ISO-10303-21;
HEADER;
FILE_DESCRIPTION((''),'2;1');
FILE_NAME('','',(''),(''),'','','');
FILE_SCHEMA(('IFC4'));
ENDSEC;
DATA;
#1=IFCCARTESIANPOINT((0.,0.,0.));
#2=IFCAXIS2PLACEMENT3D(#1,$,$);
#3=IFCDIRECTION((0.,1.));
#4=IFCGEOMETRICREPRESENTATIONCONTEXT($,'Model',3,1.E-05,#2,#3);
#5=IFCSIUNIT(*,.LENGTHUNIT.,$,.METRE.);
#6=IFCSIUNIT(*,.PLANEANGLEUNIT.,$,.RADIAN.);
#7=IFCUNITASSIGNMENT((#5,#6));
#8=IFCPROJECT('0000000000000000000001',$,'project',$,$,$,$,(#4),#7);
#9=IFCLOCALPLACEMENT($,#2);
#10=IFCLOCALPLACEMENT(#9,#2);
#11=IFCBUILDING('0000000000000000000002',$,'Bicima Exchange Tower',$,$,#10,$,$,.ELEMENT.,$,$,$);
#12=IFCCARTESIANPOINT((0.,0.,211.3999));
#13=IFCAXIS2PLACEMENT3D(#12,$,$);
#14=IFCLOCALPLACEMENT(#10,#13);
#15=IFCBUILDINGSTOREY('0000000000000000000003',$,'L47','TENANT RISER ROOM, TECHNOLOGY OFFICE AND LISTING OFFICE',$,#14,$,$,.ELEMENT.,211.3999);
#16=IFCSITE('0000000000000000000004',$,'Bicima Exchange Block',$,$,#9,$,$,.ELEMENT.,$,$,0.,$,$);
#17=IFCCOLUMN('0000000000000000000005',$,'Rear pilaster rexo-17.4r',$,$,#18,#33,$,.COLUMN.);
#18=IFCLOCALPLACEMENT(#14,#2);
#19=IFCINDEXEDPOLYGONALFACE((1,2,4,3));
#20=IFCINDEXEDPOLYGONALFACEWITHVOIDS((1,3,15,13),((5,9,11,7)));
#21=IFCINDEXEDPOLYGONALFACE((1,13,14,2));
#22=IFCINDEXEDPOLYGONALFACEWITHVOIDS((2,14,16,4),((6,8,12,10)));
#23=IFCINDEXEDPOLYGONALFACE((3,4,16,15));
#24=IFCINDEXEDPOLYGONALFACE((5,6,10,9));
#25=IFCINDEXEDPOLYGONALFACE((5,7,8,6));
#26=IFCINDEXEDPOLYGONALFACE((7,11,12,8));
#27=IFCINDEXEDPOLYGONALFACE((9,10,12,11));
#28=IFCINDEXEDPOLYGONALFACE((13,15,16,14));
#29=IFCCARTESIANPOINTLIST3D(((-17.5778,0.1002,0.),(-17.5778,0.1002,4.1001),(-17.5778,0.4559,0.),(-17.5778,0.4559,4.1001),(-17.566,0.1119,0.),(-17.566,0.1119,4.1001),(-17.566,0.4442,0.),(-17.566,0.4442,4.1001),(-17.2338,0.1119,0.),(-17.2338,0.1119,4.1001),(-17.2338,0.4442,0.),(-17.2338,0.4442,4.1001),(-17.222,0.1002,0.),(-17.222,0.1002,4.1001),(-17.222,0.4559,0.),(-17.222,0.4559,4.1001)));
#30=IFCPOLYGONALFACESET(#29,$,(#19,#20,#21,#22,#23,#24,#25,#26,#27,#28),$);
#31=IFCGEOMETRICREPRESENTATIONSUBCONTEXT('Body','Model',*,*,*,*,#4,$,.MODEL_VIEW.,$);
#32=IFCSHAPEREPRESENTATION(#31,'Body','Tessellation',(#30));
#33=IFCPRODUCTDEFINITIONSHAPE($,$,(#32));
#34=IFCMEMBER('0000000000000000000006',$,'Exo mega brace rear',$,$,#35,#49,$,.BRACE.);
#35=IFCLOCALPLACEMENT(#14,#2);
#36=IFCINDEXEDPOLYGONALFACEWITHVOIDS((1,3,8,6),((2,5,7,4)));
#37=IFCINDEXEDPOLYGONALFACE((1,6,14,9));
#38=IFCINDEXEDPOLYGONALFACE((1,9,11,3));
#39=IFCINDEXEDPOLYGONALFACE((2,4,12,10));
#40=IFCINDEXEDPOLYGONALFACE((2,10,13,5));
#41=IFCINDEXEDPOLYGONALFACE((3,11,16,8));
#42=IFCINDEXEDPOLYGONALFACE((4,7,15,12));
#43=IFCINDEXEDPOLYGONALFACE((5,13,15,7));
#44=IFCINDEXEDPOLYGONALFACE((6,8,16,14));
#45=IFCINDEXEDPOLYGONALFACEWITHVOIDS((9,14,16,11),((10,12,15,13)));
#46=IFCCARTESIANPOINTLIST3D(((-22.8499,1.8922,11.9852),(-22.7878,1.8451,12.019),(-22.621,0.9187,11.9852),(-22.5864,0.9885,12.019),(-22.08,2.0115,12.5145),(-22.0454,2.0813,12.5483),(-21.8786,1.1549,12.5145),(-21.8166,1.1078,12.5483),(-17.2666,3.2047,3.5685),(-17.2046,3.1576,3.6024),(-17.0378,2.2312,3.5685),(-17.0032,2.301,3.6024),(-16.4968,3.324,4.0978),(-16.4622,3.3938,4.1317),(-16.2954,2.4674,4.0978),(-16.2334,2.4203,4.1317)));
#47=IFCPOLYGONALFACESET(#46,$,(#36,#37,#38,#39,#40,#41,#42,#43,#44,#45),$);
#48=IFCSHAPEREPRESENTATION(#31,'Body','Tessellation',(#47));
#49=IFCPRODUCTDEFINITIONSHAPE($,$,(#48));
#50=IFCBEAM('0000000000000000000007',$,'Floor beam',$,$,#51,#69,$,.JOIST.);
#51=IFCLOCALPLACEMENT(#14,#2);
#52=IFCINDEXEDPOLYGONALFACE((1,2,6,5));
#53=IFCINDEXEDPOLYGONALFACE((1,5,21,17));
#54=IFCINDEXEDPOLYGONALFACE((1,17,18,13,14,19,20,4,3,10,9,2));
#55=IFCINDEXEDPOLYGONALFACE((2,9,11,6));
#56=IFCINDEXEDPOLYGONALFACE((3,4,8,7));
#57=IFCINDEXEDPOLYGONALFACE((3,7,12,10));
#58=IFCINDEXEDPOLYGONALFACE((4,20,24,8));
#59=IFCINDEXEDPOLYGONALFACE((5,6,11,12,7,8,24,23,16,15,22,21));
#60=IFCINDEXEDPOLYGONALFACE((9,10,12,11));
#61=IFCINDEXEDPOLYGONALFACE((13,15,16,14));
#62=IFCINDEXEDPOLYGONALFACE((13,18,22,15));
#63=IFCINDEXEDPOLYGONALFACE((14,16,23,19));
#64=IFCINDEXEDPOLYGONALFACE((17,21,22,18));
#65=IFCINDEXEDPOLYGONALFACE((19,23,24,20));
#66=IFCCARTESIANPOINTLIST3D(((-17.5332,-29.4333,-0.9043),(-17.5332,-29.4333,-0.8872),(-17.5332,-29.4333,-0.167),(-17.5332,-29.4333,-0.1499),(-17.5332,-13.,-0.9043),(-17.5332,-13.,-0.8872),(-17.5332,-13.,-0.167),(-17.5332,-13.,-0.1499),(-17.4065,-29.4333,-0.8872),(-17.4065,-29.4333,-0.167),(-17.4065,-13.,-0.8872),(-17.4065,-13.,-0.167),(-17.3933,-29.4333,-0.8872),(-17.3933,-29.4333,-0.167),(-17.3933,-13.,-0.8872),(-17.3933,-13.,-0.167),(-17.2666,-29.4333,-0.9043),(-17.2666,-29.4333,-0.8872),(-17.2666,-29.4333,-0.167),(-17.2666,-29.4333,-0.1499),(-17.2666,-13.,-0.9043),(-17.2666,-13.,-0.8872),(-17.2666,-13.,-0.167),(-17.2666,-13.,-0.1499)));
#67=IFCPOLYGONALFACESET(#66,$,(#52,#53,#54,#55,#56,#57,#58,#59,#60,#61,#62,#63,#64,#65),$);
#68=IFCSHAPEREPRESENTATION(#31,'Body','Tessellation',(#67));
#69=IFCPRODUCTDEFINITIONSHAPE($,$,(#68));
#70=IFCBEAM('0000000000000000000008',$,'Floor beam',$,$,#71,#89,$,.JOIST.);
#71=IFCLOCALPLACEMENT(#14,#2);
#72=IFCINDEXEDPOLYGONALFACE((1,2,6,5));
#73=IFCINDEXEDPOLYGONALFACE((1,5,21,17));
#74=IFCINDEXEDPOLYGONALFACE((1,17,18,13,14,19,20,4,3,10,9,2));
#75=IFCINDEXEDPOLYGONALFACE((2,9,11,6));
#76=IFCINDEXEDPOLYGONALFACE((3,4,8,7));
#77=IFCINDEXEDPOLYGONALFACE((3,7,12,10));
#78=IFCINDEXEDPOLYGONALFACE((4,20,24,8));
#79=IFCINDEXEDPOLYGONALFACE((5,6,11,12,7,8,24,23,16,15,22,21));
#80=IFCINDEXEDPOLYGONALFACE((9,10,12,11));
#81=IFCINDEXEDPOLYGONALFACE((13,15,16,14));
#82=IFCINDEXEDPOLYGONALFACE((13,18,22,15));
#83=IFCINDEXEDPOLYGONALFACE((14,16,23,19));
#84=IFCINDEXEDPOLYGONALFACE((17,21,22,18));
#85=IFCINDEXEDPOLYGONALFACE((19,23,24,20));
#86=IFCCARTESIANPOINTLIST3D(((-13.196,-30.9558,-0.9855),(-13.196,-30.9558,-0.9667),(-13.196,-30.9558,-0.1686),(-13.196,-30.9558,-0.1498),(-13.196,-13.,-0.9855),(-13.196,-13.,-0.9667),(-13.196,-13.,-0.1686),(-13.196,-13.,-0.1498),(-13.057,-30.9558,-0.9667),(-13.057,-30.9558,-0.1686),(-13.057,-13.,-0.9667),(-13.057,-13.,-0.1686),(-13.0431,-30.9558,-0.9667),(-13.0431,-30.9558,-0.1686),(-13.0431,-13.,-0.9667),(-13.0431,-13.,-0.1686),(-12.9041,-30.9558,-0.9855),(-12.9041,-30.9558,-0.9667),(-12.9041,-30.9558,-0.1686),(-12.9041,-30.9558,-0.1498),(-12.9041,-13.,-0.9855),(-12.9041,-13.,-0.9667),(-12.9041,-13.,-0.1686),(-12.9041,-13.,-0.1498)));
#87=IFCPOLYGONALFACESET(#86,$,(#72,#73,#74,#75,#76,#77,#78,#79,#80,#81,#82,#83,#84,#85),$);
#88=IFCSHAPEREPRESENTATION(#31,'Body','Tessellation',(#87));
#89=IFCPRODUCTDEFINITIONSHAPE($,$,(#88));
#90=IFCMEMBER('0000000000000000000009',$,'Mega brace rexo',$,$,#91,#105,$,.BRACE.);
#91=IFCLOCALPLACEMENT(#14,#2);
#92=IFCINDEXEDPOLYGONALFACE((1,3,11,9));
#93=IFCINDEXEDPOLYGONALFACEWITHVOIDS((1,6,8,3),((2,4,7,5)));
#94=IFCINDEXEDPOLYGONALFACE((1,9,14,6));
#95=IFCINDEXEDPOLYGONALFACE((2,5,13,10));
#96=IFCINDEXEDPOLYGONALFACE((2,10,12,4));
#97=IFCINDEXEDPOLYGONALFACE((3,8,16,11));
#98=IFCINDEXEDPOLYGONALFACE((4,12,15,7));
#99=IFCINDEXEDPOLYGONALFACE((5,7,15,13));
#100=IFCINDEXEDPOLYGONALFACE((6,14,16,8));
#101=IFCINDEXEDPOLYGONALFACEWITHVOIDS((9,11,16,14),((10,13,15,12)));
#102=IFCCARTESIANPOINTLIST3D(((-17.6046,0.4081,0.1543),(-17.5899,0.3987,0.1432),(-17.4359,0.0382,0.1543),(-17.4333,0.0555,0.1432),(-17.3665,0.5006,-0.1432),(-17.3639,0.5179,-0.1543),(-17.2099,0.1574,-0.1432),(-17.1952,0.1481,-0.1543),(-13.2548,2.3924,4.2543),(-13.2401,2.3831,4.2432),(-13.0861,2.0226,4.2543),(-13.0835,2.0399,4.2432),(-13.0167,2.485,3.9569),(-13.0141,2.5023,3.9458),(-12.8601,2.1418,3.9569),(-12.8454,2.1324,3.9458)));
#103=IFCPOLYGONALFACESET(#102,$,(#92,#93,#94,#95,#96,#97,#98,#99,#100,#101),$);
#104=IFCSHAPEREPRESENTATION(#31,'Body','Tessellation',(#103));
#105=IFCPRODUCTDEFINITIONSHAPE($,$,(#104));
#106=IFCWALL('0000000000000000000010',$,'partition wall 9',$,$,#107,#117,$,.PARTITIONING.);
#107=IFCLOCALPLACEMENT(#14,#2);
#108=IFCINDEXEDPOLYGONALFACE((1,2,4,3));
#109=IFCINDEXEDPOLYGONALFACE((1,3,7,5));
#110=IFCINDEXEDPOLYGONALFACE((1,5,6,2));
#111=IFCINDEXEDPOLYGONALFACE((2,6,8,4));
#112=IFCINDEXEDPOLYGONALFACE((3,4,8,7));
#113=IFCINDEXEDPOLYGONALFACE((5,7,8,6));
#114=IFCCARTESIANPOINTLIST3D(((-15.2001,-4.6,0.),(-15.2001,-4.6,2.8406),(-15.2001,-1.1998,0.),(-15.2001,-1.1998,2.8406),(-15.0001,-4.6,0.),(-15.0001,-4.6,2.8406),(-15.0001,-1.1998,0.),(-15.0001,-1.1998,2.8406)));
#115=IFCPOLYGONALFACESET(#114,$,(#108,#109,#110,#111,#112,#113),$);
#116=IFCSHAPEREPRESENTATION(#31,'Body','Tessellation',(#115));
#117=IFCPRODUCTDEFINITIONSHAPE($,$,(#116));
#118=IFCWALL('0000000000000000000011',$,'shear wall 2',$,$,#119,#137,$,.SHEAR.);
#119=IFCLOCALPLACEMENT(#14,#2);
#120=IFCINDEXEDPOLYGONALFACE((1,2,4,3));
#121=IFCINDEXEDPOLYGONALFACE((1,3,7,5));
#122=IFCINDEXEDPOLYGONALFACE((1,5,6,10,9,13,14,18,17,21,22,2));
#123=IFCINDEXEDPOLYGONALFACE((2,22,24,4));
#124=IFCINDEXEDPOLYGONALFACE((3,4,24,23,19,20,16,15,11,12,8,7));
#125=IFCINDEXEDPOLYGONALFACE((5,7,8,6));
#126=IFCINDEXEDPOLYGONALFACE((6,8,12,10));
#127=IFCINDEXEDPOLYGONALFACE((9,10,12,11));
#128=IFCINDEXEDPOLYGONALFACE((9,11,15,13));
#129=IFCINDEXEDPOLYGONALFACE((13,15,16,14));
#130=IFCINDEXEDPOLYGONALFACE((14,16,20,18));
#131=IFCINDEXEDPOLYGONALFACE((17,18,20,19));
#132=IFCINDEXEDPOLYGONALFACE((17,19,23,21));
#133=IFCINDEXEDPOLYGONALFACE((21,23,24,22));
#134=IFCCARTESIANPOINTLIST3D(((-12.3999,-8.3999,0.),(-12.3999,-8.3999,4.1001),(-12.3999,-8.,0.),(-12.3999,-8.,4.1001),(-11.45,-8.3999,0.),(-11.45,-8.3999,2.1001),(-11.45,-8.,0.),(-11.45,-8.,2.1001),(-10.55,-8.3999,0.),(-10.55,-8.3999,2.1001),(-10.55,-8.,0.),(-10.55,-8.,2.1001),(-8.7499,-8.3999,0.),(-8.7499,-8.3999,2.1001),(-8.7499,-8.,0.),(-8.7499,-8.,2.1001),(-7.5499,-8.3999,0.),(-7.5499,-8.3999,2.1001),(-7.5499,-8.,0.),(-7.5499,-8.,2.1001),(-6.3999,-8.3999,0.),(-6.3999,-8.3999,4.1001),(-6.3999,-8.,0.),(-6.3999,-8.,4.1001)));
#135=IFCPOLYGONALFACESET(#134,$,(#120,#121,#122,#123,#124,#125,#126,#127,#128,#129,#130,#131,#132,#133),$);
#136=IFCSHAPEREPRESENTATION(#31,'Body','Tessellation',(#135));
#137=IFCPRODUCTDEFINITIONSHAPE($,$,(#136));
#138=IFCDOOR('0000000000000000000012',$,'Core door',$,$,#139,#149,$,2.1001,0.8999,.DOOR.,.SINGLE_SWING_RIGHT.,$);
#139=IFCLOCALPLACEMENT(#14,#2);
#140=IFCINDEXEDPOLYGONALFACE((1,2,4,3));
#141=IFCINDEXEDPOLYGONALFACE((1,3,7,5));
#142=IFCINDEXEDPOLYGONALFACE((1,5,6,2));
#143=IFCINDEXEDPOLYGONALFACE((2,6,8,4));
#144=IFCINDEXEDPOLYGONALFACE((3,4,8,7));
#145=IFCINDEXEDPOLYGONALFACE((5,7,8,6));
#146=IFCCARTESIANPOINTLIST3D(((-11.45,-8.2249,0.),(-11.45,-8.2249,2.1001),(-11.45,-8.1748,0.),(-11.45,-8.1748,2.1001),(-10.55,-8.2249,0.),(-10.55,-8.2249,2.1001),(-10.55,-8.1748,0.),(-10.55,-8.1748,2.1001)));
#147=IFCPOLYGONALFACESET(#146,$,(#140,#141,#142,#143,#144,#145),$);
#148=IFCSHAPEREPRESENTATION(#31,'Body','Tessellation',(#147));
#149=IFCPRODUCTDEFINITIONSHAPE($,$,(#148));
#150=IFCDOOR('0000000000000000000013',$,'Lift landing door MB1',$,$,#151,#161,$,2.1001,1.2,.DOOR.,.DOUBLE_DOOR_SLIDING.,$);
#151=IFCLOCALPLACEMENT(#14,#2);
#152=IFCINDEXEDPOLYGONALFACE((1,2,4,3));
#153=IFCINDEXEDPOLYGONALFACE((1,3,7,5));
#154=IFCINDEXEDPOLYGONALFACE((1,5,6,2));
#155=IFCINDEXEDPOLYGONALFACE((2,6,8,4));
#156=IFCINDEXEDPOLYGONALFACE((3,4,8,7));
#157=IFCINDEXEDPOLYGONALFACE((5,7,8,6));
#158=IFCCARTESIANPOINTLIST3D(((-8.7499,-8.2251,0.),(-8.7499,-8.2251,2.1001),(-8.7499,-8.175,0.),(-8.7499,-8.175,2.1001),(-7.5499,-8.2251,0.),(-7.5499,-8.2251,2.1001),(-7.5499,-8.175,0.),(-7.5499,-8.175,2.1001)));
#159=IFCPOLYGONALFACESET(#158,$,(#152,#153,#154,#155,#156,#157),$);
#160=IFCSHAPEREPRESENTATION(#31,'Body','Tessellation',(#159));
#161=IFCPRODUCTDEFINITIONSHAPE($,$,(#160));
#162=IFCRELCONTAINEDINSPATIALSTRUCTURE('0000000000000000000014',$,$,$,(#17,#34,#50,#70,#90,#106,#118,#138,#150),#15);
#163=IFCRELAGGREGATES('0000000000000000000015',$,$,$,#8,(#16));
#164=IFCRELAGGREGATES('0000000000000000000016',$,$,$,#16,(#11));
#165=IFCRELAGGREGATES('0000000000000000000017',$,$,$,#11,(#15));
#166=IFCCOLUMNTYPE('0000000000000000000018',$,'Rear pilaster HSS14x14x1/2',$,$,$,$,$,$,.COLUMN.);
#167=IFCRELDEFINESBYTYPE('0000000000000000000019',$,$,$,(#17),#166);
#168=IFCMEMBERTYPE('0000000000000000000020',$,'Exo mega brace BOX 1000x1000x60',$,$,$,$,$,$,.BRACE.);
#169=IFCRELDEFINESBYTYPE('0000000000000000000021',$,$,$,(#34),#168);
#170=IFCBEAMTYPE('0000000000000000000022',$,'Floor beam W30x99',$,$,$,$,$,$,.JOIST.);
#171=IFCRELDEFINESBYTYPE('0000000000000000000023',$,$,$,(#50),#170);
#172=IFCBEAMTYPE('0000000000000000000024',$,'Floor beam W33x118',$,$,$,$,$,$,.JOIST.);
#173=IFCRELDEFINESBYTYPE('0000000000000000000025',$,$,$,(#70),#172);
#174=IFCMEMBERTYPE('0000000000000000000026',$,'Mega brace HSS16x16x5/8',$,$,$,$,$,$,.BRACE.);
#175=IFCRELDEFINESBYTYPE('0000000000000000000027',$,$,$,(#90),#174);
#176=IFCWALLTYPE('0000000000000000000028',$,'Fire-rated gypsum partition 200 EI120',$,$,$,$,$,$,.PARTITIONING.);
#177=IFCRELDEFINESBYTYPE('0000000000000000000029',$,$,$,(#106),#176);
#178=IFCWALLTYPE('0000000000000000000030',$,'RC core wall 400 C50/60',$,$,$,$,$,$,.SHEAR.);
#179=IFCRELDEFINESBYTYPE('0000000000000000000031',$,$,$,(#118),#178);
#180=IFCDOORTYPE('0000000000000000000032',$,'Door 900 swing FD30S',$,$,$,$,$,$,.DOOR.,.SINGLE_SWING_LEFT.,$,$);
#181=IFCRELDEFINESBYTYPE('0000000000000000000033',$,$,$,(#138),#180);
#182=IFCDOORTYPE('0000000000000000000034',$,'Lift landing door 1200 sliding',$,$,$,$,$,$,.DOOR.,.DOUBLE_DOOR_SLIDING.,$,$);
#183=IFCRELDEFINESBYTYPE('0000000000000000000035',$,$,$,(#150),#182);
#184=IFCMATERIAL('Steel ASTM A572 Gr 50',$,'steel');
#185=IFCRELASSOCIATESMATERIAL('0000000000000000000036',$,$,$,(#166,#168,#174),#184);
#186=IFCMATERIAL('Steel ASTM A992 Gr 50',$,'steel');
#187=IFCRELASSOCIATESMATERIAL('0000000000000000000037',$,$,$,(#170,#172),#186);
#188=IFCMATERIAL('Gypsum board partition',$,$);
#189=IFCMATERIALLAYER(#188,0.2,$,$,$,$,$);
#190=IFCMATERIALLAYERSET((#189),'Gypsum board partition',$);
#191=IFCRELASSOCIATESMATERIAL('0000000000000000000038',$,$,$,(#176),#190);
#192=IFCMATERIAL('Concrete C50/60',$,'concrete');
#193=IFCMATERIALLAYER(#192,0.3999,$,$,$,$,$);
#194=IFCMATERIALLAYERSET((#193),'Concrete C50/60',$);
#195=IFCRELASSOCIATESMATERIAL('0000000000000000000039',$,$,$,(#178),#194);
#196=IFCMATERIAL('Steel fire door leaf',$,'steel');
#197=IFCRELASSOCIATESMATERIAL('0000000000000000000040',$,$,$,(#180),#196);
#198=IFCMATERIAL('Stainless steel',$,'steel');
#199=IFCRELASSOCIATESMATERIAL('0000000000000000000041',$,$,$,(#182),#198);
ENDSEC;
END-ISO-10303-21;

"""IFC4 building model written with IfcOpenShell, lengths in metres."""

from ifc_helpers import new_model, si_unit, direction, frame, frame_2d, origin, origin_2d, place, context, subcontext, project, spatial, rectangle, hollow_rectangle, i_section, extrude, material, layer, layer_set, material_profile, profile_set, type_object, element, fill, save


model = new_model("IFC4")

# Units and contexts
model_context = context("Model", 3, precision=1e-05, world=origin(), true_north=direction((0.0, 1.0)))
body_context = subcontext(model_context, "Body", "Model", "MODEL_VIEW")
ifc_project = project(units=[si_unit("LENGTHUNIT", "METRE"), si_unit("PLANEANGLEUNIT", "RADIAN")], contexts=[model_context])

# Site, building, storey
site_placement = place(None, origin())
site = spatial("IfcSite", under=ifc_project, at=site_placement, Name="Bicima Exchange Block", CompositionType="ELEMENT", RefElevation=0.0)
building_placement = place(site_placement, origin())
building = spatial("IfcBuilding", under=site, at=building_placement, Name="Bicima Exchange Tower", CompositionType="ELEMENT")
storey_placement = place(building_placement, frame((0.0, 0.0, 211.3999)))
storey = spatial("IfcBuildingStorey", under=building, at=storey_placement, Name="L47", Description="TENANT RISER ROOM, TECHNOLOGY OFFICE AND LISTING OFFICE", CompositionType="ELEMENT", Elevation=211.3999)

# Column
ifc_material_1 = material(Name="Steel ASTM A572 Gr 50", Category="steel")
ifc_material_profile_1 = material_profile(ifc_material_1, hollow_rectangle(XDim=0.3557, YDim=0.3557, WallThickness=0.0117, at=origin_2d()))
ifc_profile_set_1 = profile_set([ifc_material_profile_1], Name="Steel ASTM A572 Gr 50")
column_type = type_object("IfcColumnType", Name="Rear pilaster HSS14x14x1/2", PredefinedType="COLUMN", material=ifc_profile_set_1)
column_placement = place(storey_placement, frame((-17.3999, 0.2781, 0.0), z_axis=(0.0, 0.0, 1.0), x_axis=(1.0, 0.0, 0.0)))
element("IfcColumn", 1, at=column_placement, inside=storey, type_object=column_type, Name="Rear pilaster rexo-17.4r", PredefinedType="COLUMN", context=body_context, shape_type="SweptSolid", body=[
    extrude(hollow_rectangle(XDim=0.3557, YDim=0.3557, WallThickness=0.0117, at=origin_2d()), origin(), (0.0, 0.0, 1.0), 4.1001),
])

# Member
ifc_material_profile_2 = material_profile(ifc_material_1, hollow_rectangle(XDim=1.0, YDim=1.0, WallThickness=0.0601, at=origin_2d()))
ifc_profile_set_2 = profile_set([ifc_material_profile_2], Name="Steel ASTM A572 Gr 50")
member_type_1 = type_object("IfcMemberType", Name="Exo mega brace BOX 1000x1000x60", PredefinedType="BRACE", material=ifc_profile_set_2)
member_1_placement = place(storey_placement, frame((-16.75, 2.8125, 3.8501), z_axis=(-0.548176, -0.128864, 0.826376), x_axis=(0.22884, -0.973464, 0.0)))
element("IfcMember", 2, at=member_1_placement, inside=storey, type_object=member_type_1, Name="Exo mega brace rear", PredefinedType="BRACE", context=body_context, shape_type="SweptSolid", body=[
    extrude(hollow_rectangle(XDim=1.0, YDim=1.0, WallThickness=0.0601, at=origin_2d()), origin(), (0.0, 0.0, 1.0), 10.1851),
])

# Beams
ifc_material_2 = material(Name="Steel ASTM A992 Gr 50", Category="steel")
ifc_material_profile_3 = material_profile(ifc_material_2, i_section(OverallWidth=0.2666, OverallDepth=0.7544, WebThickness=0.0132, FlangeThickness=0.0171, at=origin_2d()))
ifc_profile_set_3 = profile_set([ifc_material_profile_3], Name="Steel ASTM A992 Gr 50")
beam_type_1 = type_object("IfcBeamType", Name="Floor beam W30x99", PredefinedType="JOIST", material=ifc_profile_set_3)
beam_1_placement = place(storey_placement, frame((-17.3999, -13.0, -0.5271), z_axis=(0.0, -1.0, 0.0), x_axis=(1.0, 0.0, 0.0)))
element("IfcBeam", 3, at=beam_1_placement, inside=storey, type_object=beam_type_1, Name="Floor beam", PredefinedType="JOIST", context=body_context, shape_type="SweptSolid", body=[
    extrude(i_section(OverallWidth=0.2666, OverallDepth=0.7544, WebThickness=0.0132, FlangeThickness=0.0171, at=origin_2d()), origin(), (0.0, 0.0, 1.0), 16.4333),
])
ifc_material_profile_4 = material_profile(ifc_material_2, i_section(OverallWidth=0.292, OverallDepth=0.8357, WebThickness=0.0139, FlangeThickness=0.0188, at=origin_2d()))
ifc_profile_set_4 = profile_set([ifc_material_profile_4], Name="Steel ASTM A992 Gr 50")
beam_type_2 = type_object("IfcBeamType", Name="Floor beam W33x118", PredefinedType="JOIST", material=ifc_profile_set_4)
beam_2_placement = place(storey_placement, frame((-13.05, -13.0, -0.5676), z_axis=(0.0, -1.0, 0.0), x_axis=(1.0, 0.0, 0.0)))
element("IfcBeam", 4, at=beam_2_placement, inside=storey, type_object=beam_type_2, Name="Floor beam", PredefinedType="JOIST", context=body_context, shape_type="SweptSolid", body=[
    extrude(i_section(OverallWidth=0.292, OverallDepth=0.8357, WebThickness=0.0139, FlangeThickness=0.0188, at=origin_2d()), origin(), (0.0, 0.0, 1.0), 17.9558),
])

# Member
ifc_material_profile_5 = material_profile(ifc_material_1, hollow_rectangle(XDim=0.4065, YDim=0.4065, WallThickness=0.0146, at=origin_2d()))
ifc_profile_set_5 = profile_set([ifc_material_profile_5], Name="Steel ASTM A572 Gr 50")
member_type_2 = type_object("IfcMemberType", Name="Mega brace HSS16x16x5/8", PredefinedType="BRACE", material=ifc_profile_set_5)
member_2_placement = place(storey_placement, frame((-17.3999, 0.2781, 0.0), z_axis=(0.690629, 0.31506, 0.650975), x_axis=(-0.415045, 0.909801, 0.0)))
element("IfcMember", 5, at=member_2_placement, inside=storey, type_object=member_type_2, Name="Mega brace rexo", PredefinedType="BRACE", context=body_context, shape_type="SweptSolid", body=[
    extrude(hollow_rectangle(XDim=0.4065, YDim=0.4065, WallThickness=0.0146, at=origin_2d()), origin(), (0.0, 0.0, 1.0), 6.2983),
])

# Wall
ifc_material_3 = material(Name="Gypsum board partition")
ifc_layer_1 = layer(ifc_material_3, 0.2)
ifc_layer_set_1 = layer_set([ifc_layer_1], Name="Gypsum board partition")
wall_type_1 = type_object("IfcWallType", Name="Fire-rated gypsum partition 200 EI120", PredefinedType="PARTITIONING", material=ifc_layer_set_1)
wall_1_placement = place(storey_placement, frame((-15.1001, -4.6001, 0.0), z_axis=(0.0, 0.0, 1.0), x_axis=(0.0, 1.0, 0.0)))
element("IfcWall", 6, at=wall_1_placement, inside=storey, type_object=wall_type_1, Name="partition wall 9", PredefinedType="PARTITIONING", context=body_context, shape_type="SweptSolid", body=[
    extrude(rectangle(XDim=3.4001, YDim=0.2, at=frame_2d((1.7002, 0.0))), origin(), (0.0, 0.0, 1.0), 2.8406),
])

# Wall, openings, doors
ifc_material_4 = material(Name="Concrete C50/60", Category="concrete")
ifc_layer_2 = layer(ifc_material_4, 0.3999)
ifc_layer_set_2 = layer_set([ifc_layer_2], Name="Concrete C50/60")
wall_type_2 = type_object("IfcWallType", Name="RC core wall 400 C50/60", PredefinedType="SHEAR", material=ifc_layer_set_2)
wall_2_placement = place(storey_placement, frame((-12.3999, -8.2, 0.0), z_axis=(0.0, 0.0, 1.0), x_axis=(1.0, 0.0, 0.0)))
wall_2 = element("IfcWall", 7, at=wall_2_placement, inside=storey, type_object=wall_type_2, Name="shear wall 2", PredefinedType="SHEAR", context=body_context, shape_type="SweptSolid", body=[
    extrude(rectangle(XDim=6.0, YDim=0.3999, at=frame_2d((3.0, 0.0))), origin(), (0.0, 0.0, 1.0), 4.1001),
])
opening_1_placement = place(wall_2_placement, frame((3.6499, 0.0, 0.0)))
opening_1 = element("IfcOpeningElement", 8, at=opening_1_placement, cuts=wall_2, PredefinedType="OPENING", context=body_context, shape_type="SweptSolid", body=[
    extrude(rectangle(XDim=1.2, YDim=2.1001, at=frame_2d((0.6001, 1.05))), frame((0.0, 0.2119, 0.0), z_axis=(0.0, -1.0, 0.0), x_axis=(1.0, 0.0, 0.0)), (0.0, 0.0, 1.0), 0.4238),
])
opening_2_placement = place(wall_2_placement, frame((0.95, 0.0, 0.0)))
opening_2 = element("IfcOpeningElement", 9, at=opening_2_placement, cuts=wall_2, PredefinedType="OPENING", context=body_context, shape_type="SweptSolid", body=[
    extrude(rectangle(XDim=0.8999, YDim=2.1001, at=frame_2d((0.45, 1.05))), frame((0.0, 0.2119, 0.0), z_axis=(0.0, -1.0, 0.0), x_axis=(1.0, 0.0, 0.0)), (0.0, 0.0, 1.0), 0.4238),
])
ifc_material_5 = material(Name="Steel fire door leaf", Category="steel")
door_type_1 = type_object("IfcDoorType", Name="Door 900 swing FD30S", OperationType="SINGLE_SWING_LEFT", PredefinedType="DOOR", material=ifc_material_5)
door_1_placement = place(opening_2_placement, frame((0.8999, 0.0, 0.0), z_axis=(0.0, 0.0, 1.0), x_axis=(-1.0, 0.0, 0.0)))
door_1 = element("IfcDoor", 10, at=door_1_placement, inside=storey, type_object=door_type_1, Name="Core door", OperationType="SINGLE_SWING_RIGHT", OverallHeight=2.1001, OverallWidth=0.8999, PredefinedType="DOOR", context=body_context, shape_type="SweptSolid", body=[
    extrude(rectangle(XDim=0.8999, YDim=2.1001, at=frame_2d((0.45, 1.05))), frame((0.0, 0.0249, 0.0), z_axis=(0.0, -1.0, 0.0), x_axis=(1.0, 0.0, 0.0)), (0.0, 0.0, 1.0), 0.05),
])
fill(opening_2, door_1)
ifc_material_6 = material(Name="Stainless steel", Category="steel")
door_type_2 = type_object("IfcDoorType", Name="Lift landing door 1200 sliding", OperationType="DOUBLE_DOOR_SLIDING", PredefinedType="DOOR", material=ifc_material_6)
door_2_placement = place(opening_1_placement, origin())
door_2 = element("IfcDoor", 11, at=door_2_placement, inside=storey, type_object=door_type_2, Name="Lift landing door MB1", OperationType="DOUBLE_DOOR_SLIDING", OverallHeight=2.1001, OverallWidth=1.2, PredefinedType="DOOR", context=body_context, shape_type="SweptSolid", body=[
    extrude(rectangle(XDim=1.2, YDim=2.1001, at=frame_2d((0.6001, 1.05))), frame((0.0, 0.0249, 0.0), z_axis=(0.0, -1.0, 0.0), x_axis=(1.0, 0.0, 0.0)), (0.0, 0.0, 1.0), 0.05),
])
fill(opening_1, door_2)

save(model, "model.ifc")
